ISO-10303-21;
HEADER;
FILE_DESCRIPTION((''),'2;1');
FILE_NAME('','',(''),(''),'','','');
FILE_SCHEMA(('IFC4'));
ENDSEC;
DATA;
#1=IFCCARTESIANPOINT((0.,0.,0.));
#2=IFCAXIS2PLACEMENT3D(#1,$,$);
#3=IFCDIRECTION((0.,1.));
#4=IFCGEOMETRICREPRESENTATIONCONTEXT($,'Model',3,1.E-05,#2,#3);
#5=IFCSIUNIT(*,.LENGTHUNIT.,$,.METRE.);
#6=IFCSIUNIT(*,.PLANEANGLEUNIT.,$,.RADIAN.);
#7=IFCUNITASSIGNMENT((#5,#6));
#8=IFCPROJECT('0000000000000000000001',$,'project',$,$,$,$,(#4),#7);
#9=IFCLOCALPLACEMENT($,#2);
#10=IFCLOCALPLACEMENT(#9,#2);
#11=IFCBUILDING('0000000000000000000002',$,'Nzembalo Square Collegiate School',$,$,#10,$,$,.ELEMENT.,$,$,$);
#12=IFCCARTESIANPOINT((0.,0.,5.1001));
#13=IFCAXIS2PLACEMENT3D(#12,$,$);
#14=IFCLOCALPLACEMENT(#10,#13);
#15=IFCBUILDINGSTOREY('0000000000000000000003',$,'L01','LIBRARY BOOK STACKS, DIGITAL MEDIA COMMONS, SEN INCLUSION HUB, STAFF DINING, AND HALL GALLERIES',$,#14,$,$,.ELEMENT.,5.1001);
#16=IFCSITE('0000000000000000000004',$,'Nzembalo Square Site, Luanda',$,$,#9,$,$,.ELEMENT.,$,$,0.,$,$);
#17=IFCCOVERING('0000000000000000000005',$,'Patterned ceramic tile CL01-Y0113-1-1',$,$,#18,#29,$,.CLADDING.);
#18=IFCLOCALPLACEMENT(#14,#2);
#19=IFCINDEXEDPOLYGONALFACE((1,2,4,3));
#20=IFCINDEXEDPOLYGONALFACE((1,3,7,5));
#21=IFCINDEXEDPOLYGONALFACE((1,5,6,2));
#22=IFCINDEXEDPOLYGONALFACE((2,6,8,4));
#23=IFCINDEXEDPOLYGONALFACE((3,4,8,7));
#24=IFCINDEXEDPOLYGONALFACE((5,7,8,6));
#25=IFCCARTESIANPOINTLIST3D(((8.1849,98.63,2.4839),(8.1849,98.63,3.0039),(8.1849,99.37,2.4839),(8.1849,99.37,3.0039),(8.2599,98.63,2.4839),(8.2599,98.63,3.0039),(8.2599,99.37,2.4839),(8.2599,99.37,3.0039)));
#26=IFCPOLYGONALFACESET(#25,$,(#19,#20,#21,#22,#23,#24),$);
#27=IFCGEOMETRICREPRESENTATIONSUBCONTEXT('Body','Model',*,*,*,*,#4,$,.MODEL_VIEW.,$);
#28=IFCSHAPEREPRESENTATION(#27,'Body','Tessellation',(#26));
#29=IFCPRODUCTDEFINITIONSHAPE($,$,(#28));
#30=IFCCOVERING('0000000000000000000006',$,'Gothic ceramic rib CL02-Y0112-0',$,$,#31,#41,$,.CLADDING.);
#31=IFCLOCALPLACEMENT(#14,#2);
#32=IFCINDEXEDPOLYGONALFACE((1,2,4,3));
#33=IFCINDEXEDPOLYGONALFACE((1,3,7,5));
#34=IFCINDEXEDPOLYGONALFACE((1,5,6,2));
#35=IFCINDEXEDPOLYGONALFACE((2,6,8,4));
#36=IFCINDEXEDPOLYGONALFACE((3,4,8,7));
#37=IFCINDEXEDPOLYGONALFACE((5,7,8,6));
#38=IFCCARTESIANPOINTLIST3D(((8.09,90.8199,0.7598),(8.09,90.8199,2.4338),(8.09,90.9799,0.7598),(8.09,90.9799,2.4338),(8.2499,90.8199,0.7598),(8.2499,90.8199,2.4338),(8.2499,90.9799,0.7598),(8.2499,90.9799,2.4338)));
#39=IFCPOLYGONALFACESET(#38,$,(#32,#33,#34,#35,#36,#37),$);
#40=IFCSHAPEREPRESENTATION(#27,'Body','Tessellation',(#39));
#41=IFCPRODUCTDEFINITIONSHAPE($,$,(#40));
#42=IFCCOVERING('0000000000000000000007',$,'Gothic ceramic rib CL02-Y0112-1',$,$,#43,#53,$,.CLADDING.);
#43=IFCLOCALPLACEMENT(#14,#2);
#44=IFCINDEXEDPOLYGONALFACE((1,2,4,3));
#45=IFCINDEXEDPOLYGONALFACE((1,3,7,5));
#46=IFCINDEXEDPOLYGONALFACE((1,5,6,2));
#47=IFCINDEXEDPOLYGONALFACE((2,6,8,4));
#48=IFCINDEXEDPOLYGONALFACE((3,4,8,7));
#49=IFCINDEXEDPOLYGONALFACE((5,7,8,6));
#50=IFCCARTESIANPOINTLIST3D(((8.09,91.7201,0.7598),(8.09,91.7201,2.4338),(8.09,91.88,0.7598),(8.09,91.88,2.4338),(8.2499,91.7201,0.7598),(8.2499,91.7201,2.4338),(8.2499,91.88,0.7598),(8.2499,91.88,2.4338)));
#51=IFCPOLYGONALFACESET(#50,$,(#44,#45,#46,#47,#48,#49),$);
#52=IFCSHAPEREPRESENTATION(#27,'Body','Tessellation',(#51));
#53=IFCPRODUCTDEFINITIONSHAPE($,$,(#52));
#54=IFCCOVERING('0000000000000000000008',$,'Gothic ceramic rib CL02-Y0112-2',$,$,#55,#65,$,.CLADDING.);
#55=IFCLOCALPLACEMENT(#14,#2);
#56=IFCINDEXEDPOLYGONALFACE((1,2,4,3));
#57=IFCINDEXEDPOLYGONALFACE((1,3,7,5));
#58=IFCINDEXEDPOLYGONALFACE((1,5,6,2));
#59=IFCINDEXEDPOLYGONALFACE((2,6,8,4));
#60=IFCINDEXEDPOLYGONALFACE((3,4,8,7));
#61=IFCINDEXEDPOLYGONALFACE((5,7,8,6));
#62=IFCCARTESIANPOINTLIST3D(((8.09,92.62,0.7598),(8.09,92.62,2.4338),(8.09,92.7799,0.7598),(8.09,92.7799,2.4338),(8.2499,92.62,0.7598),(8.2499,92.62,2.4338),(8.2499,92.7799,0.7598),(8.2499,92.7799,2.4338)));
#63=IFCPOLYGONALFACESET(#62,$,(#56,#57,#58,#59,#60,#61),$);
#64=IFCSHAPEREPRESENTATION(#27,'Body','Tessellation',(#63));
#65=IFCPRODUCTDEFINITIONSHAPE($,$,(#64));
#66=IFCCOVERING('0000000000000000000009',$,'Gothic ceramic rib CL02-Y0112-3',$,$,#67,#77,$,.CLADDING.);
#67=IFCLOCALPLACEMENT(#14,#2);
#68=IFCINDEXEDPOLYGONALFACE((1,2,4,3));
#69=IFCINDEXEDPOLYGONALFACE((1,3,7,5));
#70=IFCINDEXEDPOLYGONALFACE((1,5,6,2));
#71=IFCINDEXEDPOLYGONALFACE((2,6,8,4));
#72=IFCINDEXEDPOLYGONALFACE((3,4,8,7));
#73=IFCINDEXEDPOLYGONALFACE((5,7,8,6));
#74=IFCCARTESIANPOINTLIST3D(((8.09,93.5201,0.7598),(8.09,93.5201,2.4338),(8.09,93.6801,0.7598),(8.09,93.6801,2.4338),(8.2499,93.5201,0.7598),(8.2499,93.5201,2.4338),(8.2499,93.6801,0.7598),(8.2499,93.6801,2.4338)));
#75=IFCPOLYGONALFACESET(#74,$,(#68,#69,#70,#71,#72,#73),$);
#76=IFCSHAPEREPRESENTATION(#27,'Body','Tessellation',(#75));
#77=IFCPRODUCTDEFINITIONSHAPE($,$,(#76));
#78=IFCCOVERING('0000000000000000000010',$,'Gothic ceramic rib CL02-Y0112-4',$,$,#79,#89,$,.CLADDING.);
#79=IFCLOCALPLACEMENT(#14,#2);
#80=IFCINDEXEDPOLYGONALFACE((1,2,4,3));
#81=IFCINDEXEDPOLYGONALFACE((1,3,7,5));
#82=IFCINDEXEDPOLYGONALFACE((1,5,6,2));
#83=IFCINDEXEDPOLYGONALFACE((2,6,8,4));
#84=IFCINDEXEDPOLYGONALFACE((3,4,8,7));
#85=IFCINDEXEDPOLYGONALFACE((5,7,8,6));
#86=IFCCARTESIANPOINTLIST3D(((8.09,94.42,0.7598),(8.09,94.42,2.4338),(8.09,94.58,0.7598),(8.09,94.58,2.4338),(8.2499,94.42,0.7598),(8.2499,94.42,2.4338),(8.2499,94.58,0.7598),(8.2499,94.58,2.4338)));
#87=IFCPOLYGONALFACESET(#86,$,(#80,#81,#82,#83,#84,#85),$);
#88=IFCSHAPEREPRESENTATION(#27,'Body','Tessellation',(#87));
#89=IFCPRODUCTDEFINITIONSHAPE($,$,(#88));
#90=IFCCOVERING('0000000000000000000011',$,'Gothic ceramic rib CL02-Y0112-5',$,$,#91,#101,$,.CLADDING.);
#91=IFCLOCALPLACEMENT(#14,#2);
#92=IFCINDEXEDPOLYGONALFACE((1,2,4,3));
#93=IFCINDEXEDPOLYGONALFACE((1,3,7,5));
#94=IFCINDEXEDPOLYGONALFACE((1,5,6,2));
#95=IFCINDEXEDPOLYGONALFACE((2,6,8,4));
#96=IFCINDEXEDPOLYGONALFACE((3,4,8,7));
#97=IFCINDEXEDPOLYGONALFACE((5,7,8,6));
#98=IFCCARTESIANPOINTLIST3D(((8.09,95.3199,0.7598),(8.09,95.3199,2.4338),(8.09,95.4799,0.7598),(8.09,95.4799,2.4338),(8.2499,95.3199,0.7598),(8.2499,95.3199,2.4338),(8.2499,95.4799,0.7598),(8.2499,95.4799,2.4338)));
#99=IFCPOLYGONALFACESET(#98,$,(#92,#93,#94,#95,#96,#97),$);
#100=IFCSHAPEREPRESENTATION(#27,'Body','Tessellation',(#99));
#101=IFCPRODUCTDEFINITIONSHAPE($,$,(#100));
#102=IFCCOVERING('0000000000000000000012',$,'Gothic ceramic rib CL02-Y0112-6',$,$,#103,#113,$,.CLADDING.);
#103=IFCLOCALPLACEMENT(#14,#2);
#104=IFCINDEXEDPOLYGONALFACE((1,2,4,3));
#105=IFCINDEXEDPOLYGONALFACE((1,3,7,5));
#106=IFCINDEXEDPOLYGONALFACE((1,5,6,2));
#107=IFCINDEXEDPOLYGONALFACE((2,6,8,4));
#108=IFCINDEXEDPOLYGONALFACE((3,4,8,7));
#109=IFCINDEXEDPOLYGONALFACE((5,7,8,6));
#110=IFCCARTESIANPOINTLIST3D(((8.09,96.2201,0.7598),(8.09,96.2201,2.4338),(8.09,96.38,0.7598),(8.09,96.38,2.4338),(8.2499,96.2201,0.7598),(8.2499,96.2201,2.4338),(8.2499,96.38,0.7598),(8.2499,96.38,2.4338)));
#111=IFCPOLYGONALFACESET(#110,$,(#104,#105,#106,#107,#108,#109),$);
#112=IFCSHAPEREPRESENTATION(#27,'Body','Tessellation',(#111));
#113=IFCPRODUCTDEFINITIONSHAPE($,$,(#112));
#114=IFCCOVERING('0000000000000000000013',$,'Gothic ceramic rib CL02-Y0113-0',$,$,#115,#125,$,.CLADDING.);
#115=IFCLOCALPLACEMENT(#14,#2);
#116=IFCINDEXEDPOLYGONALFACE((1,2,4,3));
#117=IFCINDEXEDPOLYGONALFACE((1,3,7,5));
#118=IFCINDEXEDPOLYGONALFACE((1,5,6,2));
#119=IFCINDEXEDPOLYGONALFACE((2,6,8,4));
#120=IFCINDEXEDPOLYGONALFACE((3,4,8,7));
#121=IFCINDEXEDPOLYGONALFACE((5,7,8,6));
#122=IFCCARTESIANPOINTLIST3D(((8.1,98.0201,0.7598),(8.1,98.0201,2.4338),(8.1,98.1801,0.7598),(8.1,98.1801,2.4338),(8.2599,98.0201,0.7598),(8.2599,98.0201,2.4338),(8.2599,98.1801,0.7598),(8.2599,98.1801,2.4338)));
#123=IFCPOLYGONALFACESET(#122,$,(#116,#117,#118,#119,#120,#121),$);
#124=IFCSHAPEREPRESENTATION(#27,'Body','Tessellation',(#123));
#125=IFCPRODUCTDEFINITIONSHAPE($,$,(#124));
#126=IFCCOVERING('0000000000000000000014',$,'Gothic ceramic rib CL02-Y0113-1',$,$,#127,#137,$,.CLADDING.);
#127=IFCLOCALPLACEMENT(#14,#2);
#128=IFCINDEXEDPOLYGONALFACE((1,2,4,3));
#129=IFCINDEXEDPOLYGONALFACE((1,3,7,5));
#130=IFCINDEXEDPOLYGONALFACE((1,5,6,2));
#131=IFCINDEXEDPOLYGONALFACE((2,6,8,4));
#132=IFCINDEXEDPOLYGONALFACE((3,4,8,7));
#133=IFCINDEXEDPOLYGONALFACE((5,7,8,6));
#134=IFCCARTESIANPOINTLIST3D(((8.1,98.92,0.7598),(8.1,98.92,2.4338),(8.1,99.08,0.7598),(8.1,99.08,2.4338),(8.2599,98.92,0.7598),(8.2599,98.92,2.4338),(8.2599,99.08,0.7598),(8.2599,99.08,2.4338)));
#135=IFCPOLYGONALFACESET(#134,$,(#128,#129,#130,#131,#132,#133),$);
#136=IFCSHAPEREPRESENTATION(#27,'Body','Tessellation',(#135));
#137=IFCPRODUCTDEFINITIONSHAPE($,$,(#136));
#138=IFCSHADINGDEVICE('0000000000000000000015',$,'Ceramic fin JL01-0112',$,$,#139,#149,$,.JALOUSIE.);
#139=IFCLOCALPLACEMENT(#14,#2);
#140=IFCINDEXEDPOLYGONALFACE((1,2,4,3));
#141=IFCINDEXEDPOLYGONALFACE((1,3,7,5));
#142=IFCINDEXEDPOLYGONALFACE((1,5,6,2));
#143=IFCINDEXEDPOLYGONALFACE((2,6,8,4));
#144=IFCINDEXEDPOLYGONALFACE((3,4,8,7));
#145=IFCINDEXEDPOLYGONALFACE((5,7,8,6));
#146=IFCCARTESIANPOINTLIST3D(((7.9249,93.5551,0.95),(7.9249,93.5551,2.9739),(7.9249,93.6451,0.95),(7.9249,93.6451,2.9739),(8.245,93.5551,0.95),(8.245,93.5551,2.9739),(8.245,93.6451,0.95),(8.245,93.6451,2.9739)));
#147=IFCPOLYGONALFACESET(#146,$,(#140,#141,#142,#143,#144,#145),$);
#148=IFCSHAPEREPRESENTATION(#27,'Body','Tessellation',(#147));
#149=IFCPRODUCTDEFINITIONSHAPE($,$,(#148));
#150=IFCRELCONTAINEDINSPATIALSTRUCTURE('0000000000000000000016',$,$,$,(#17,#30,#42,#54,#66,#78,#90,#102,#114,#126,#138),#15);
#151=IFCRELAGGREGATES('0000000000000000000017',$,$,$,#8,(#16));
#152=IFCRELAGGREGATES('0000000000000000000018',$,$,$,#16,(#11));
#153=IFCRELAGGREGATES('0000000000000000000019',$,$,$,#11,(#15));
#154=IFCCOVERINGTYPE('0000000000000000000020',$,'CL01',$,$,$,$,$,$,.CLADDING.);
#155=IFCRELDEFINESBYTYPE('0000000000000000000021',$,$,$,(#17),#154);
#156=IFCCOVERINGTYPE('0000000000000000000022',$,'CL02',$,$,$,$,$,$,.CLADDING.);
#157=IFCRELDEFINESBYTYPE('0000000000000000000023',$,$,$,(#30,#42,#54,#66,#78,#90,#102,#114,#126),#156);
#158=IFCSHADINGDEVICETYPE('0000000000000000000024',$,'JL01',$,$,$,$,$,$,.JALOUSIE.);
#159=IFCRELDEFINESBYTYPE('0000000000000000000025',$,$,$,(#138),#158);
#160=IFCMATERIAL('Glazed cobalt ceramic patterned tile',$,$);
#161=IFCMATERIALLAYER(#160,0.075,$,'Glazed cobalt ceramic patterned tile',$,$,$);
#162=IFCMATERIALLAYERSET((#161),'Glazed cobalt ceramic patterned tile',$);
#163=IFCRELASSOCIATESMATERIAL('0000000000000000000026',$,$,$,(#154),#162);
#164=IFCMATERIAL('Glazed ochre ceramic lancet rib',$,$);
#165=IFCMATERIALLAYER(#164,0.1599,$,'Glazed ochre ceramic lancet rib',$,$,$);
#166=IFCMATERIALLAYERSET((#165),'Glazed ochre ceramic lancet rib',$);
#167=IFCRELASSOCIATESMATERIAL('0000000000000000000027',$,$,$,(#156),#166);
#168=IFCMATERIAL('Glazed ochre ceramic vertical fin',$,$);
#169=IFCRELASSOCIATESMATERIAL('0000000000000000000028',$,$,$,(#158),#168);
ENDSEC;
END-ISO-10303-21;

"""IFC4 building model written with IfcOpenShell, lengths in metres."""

from ifc_helpers import new_model, si_unit, direction, frame, origin, origin_2d, place, context, subcontext, project, spatial, rectangle, extrude, material, layer, layer_set, type_object, element, save


model = new_model("IFC4")

# Units and contexts
model_context = context("Model", 3, precision=1e-05, world=origin(), true_north=direction((0.0, 1.0)))
body_context = subcontext(model_context, "Body", "Model", "MODEL_VIEW")
ifc_project = project(units=[si_unit("LENGTHUNIT", "METRE"), si_unit("PLANEANGLEUNIT", "RADIAN")], contexts=[model_context])

# Site, building, storey
site_placement = place(None, origin())
site = spatial("IfcSite", under=ifc_project, at=site_placement, Name="Nzembalo Square Site, Luanda", CompositionType="ELEMENT", RefElevation=0.0)
building_placement = place(site_placement, origin())
building = spatial("IfcBuilding", under=site, at=building_placement, Name="Nzembalo Square Collegiate School", CompositionType="ELEMENT")
storey_placement = place(building_placement, frame((0.0, 0.0, 5.1001)))
storey = spatial("IfcBuildingStorey", under=building, at=storey_placement, Name="L01", Description="LIBRARY BOOK STACKS, DIGITAL MEDIA COMMONS, SEN INCLUSION HUB, STAFF DINING, AND HALL GALLERIES", CompositionType="ELEMENT", Elevation=5.1001)

# Coverings
ifc_material_1 = material(Name="Glazed cobalt ceramic patterned tile")
ifc_layer_1 = layer(ifc_material_1, 0.075, Name="Glazed cobalt ceramic patterned tile")
ifc_layer_set_1 = layer_set([ifc_layer_1], Name="Glazed cobalt ceramic patterned tile")
covering_type_1 = type_object("IfcCoveringType", Name="CL01", PredefinedType="CLADDING", material=ifc_layer_set_1)
for number, where, z_axis, x_axis, name in (
    (1, (8.2224, 99.0, 2.4839), (0.0, 0.0, 1.0), (1.0, 0.0, 0.0), "Patterned ceramic tile CL01-Y0113-1-1"),
):
    element("IfcCovering", number, at=place(storey_placement, frame(where, z_axis=z_axis, x_axis=x_axis)), inside=storey, type_object=covering_type_1, Name=name, PredefinedType="CLADDING", context=body_context, shape_type="SweptSolid", body=[
        extrude(rectangle(XDim=0.075, YDim=0.74, at=origin_2d()), origin(), (0.0, 0.0, 1.0), 0.52),
    ])
ifc_material_2 = material(Name="Glazed ochre ceramic lancet rib")
ifc_layer_2 = layer(ifc_material_2, 0.1599, Name="Glazed ochre ceramic lancet rib")
ifc_layer_set_2 = layer_set([ifc_layer_2], Name="Glazed ochre ceramic lancet rib")
covering_type_2 = type_object("IfcCoveringType", Name="CL02", PredefinedType="CLADDING", material=ifc_layer_set_2)
for number, where, z_axis, x_axis, name in (
    (2, (8.1699, 90.8999, 0.7598), (0.0, 0.0, 1.0), (1.0, 0.0, 0.0), "Gothic ceramic rib CL02-Y0112-0"),
    (3, (8.1699, 91.8, 0.7598), (0.0, 0.0, 1.0), (1.0, 0.0, 0.0), "Gothic ceramic rib CL02-Y0112-1"),
    (4, (8.1699, 92.7, 0.7598), (0.0, 0.0, 1.0), (1.0, 0.0, 0.0), "Gothic ceramic rib CL02-Y0112-2"),
    (5, (8.1699, 93.6001, 0.7598), (0.0, 0.0, 1.0), (1.0, 0.0, 0.0), "Gothic ceramic rib CL02-Y0112-3"),
    (6, (8.1699, 94.5, 0.7598), (0.0, 0.0, 1.0), (1.0, 0.0, 0.0), "Gothic ceramic rib CL02-Y0112-4"),
    (7, (8.1699, 95.3999, 0.7598), (0.0, 0.0, 1.0), (1.0, 0.0, 0.0), "Gothic ceramic rib CL02-Y0112-5"),
    (8, (8.1699, 96.3, 0.7598), (0.0, 0.0, 1.0), (1.0, 0.0, 0.0), "Gothic ceramic rib CL02-Y0112-6"),
    (9, (8.1799, 98.1001, 0.7598), (0.0, 0.0, 1.0), (1.0, 0.0, 0.0), "Gothic ceramic rib CL02-Y0113-0"),
    (10, (8.1799, 99.0, 0.7598), (0.0, 0.0, 1.0), (1.0, 0.0, 0.0), "Gothic ceramic rib CL02-Y0113-1"),
):
    element("IfcCovering", number, at=place(storey_placement, frame(where, z_axis=z_axis, x_axis=x_axis)), inside=storey, type_object=covering_type_2, Name=name, PredefinedType="CLADDING", context=body_context, shape_type="SweptSolid", body=[
        extrude(rectangle(XDim=0.1599, YDim=0.1599, at=origin_2d()), origin(), (0.0, 0.0, 1.0), 1.6741),
    ])

# Shading device
ifc_material_3 = material(Name="Glazed ochre ceramic vertical fin")
shading_device_type = type_object("IfcShadingDeviceType", Name="JL01", PredefinedType="JALOUSIE", material=ifc_material_3)
shading_device_placement = place(storey_placement, frame((8.085, 93.6001, 0.95), z_axis=(0.0, 0.0, 1.0), x_axis=(1.0, 0.0, 0.0)))
element("IfcShadingDevice", 11, at=shading_device_placement, inside=storey, type_object=shading_device_type, Name="Ceramic fin JL01-0112", PredefinedType="JALOUSIE", context=body_context, shape_type="SweptSolid", body=[
    extrude(rectangle(XDim=0.3201, YDim=0.0901, at=origin_2d()), origin(), (0.0, 0.0, 1.0), 2.0239),
])

save(model, "model.ifc")
